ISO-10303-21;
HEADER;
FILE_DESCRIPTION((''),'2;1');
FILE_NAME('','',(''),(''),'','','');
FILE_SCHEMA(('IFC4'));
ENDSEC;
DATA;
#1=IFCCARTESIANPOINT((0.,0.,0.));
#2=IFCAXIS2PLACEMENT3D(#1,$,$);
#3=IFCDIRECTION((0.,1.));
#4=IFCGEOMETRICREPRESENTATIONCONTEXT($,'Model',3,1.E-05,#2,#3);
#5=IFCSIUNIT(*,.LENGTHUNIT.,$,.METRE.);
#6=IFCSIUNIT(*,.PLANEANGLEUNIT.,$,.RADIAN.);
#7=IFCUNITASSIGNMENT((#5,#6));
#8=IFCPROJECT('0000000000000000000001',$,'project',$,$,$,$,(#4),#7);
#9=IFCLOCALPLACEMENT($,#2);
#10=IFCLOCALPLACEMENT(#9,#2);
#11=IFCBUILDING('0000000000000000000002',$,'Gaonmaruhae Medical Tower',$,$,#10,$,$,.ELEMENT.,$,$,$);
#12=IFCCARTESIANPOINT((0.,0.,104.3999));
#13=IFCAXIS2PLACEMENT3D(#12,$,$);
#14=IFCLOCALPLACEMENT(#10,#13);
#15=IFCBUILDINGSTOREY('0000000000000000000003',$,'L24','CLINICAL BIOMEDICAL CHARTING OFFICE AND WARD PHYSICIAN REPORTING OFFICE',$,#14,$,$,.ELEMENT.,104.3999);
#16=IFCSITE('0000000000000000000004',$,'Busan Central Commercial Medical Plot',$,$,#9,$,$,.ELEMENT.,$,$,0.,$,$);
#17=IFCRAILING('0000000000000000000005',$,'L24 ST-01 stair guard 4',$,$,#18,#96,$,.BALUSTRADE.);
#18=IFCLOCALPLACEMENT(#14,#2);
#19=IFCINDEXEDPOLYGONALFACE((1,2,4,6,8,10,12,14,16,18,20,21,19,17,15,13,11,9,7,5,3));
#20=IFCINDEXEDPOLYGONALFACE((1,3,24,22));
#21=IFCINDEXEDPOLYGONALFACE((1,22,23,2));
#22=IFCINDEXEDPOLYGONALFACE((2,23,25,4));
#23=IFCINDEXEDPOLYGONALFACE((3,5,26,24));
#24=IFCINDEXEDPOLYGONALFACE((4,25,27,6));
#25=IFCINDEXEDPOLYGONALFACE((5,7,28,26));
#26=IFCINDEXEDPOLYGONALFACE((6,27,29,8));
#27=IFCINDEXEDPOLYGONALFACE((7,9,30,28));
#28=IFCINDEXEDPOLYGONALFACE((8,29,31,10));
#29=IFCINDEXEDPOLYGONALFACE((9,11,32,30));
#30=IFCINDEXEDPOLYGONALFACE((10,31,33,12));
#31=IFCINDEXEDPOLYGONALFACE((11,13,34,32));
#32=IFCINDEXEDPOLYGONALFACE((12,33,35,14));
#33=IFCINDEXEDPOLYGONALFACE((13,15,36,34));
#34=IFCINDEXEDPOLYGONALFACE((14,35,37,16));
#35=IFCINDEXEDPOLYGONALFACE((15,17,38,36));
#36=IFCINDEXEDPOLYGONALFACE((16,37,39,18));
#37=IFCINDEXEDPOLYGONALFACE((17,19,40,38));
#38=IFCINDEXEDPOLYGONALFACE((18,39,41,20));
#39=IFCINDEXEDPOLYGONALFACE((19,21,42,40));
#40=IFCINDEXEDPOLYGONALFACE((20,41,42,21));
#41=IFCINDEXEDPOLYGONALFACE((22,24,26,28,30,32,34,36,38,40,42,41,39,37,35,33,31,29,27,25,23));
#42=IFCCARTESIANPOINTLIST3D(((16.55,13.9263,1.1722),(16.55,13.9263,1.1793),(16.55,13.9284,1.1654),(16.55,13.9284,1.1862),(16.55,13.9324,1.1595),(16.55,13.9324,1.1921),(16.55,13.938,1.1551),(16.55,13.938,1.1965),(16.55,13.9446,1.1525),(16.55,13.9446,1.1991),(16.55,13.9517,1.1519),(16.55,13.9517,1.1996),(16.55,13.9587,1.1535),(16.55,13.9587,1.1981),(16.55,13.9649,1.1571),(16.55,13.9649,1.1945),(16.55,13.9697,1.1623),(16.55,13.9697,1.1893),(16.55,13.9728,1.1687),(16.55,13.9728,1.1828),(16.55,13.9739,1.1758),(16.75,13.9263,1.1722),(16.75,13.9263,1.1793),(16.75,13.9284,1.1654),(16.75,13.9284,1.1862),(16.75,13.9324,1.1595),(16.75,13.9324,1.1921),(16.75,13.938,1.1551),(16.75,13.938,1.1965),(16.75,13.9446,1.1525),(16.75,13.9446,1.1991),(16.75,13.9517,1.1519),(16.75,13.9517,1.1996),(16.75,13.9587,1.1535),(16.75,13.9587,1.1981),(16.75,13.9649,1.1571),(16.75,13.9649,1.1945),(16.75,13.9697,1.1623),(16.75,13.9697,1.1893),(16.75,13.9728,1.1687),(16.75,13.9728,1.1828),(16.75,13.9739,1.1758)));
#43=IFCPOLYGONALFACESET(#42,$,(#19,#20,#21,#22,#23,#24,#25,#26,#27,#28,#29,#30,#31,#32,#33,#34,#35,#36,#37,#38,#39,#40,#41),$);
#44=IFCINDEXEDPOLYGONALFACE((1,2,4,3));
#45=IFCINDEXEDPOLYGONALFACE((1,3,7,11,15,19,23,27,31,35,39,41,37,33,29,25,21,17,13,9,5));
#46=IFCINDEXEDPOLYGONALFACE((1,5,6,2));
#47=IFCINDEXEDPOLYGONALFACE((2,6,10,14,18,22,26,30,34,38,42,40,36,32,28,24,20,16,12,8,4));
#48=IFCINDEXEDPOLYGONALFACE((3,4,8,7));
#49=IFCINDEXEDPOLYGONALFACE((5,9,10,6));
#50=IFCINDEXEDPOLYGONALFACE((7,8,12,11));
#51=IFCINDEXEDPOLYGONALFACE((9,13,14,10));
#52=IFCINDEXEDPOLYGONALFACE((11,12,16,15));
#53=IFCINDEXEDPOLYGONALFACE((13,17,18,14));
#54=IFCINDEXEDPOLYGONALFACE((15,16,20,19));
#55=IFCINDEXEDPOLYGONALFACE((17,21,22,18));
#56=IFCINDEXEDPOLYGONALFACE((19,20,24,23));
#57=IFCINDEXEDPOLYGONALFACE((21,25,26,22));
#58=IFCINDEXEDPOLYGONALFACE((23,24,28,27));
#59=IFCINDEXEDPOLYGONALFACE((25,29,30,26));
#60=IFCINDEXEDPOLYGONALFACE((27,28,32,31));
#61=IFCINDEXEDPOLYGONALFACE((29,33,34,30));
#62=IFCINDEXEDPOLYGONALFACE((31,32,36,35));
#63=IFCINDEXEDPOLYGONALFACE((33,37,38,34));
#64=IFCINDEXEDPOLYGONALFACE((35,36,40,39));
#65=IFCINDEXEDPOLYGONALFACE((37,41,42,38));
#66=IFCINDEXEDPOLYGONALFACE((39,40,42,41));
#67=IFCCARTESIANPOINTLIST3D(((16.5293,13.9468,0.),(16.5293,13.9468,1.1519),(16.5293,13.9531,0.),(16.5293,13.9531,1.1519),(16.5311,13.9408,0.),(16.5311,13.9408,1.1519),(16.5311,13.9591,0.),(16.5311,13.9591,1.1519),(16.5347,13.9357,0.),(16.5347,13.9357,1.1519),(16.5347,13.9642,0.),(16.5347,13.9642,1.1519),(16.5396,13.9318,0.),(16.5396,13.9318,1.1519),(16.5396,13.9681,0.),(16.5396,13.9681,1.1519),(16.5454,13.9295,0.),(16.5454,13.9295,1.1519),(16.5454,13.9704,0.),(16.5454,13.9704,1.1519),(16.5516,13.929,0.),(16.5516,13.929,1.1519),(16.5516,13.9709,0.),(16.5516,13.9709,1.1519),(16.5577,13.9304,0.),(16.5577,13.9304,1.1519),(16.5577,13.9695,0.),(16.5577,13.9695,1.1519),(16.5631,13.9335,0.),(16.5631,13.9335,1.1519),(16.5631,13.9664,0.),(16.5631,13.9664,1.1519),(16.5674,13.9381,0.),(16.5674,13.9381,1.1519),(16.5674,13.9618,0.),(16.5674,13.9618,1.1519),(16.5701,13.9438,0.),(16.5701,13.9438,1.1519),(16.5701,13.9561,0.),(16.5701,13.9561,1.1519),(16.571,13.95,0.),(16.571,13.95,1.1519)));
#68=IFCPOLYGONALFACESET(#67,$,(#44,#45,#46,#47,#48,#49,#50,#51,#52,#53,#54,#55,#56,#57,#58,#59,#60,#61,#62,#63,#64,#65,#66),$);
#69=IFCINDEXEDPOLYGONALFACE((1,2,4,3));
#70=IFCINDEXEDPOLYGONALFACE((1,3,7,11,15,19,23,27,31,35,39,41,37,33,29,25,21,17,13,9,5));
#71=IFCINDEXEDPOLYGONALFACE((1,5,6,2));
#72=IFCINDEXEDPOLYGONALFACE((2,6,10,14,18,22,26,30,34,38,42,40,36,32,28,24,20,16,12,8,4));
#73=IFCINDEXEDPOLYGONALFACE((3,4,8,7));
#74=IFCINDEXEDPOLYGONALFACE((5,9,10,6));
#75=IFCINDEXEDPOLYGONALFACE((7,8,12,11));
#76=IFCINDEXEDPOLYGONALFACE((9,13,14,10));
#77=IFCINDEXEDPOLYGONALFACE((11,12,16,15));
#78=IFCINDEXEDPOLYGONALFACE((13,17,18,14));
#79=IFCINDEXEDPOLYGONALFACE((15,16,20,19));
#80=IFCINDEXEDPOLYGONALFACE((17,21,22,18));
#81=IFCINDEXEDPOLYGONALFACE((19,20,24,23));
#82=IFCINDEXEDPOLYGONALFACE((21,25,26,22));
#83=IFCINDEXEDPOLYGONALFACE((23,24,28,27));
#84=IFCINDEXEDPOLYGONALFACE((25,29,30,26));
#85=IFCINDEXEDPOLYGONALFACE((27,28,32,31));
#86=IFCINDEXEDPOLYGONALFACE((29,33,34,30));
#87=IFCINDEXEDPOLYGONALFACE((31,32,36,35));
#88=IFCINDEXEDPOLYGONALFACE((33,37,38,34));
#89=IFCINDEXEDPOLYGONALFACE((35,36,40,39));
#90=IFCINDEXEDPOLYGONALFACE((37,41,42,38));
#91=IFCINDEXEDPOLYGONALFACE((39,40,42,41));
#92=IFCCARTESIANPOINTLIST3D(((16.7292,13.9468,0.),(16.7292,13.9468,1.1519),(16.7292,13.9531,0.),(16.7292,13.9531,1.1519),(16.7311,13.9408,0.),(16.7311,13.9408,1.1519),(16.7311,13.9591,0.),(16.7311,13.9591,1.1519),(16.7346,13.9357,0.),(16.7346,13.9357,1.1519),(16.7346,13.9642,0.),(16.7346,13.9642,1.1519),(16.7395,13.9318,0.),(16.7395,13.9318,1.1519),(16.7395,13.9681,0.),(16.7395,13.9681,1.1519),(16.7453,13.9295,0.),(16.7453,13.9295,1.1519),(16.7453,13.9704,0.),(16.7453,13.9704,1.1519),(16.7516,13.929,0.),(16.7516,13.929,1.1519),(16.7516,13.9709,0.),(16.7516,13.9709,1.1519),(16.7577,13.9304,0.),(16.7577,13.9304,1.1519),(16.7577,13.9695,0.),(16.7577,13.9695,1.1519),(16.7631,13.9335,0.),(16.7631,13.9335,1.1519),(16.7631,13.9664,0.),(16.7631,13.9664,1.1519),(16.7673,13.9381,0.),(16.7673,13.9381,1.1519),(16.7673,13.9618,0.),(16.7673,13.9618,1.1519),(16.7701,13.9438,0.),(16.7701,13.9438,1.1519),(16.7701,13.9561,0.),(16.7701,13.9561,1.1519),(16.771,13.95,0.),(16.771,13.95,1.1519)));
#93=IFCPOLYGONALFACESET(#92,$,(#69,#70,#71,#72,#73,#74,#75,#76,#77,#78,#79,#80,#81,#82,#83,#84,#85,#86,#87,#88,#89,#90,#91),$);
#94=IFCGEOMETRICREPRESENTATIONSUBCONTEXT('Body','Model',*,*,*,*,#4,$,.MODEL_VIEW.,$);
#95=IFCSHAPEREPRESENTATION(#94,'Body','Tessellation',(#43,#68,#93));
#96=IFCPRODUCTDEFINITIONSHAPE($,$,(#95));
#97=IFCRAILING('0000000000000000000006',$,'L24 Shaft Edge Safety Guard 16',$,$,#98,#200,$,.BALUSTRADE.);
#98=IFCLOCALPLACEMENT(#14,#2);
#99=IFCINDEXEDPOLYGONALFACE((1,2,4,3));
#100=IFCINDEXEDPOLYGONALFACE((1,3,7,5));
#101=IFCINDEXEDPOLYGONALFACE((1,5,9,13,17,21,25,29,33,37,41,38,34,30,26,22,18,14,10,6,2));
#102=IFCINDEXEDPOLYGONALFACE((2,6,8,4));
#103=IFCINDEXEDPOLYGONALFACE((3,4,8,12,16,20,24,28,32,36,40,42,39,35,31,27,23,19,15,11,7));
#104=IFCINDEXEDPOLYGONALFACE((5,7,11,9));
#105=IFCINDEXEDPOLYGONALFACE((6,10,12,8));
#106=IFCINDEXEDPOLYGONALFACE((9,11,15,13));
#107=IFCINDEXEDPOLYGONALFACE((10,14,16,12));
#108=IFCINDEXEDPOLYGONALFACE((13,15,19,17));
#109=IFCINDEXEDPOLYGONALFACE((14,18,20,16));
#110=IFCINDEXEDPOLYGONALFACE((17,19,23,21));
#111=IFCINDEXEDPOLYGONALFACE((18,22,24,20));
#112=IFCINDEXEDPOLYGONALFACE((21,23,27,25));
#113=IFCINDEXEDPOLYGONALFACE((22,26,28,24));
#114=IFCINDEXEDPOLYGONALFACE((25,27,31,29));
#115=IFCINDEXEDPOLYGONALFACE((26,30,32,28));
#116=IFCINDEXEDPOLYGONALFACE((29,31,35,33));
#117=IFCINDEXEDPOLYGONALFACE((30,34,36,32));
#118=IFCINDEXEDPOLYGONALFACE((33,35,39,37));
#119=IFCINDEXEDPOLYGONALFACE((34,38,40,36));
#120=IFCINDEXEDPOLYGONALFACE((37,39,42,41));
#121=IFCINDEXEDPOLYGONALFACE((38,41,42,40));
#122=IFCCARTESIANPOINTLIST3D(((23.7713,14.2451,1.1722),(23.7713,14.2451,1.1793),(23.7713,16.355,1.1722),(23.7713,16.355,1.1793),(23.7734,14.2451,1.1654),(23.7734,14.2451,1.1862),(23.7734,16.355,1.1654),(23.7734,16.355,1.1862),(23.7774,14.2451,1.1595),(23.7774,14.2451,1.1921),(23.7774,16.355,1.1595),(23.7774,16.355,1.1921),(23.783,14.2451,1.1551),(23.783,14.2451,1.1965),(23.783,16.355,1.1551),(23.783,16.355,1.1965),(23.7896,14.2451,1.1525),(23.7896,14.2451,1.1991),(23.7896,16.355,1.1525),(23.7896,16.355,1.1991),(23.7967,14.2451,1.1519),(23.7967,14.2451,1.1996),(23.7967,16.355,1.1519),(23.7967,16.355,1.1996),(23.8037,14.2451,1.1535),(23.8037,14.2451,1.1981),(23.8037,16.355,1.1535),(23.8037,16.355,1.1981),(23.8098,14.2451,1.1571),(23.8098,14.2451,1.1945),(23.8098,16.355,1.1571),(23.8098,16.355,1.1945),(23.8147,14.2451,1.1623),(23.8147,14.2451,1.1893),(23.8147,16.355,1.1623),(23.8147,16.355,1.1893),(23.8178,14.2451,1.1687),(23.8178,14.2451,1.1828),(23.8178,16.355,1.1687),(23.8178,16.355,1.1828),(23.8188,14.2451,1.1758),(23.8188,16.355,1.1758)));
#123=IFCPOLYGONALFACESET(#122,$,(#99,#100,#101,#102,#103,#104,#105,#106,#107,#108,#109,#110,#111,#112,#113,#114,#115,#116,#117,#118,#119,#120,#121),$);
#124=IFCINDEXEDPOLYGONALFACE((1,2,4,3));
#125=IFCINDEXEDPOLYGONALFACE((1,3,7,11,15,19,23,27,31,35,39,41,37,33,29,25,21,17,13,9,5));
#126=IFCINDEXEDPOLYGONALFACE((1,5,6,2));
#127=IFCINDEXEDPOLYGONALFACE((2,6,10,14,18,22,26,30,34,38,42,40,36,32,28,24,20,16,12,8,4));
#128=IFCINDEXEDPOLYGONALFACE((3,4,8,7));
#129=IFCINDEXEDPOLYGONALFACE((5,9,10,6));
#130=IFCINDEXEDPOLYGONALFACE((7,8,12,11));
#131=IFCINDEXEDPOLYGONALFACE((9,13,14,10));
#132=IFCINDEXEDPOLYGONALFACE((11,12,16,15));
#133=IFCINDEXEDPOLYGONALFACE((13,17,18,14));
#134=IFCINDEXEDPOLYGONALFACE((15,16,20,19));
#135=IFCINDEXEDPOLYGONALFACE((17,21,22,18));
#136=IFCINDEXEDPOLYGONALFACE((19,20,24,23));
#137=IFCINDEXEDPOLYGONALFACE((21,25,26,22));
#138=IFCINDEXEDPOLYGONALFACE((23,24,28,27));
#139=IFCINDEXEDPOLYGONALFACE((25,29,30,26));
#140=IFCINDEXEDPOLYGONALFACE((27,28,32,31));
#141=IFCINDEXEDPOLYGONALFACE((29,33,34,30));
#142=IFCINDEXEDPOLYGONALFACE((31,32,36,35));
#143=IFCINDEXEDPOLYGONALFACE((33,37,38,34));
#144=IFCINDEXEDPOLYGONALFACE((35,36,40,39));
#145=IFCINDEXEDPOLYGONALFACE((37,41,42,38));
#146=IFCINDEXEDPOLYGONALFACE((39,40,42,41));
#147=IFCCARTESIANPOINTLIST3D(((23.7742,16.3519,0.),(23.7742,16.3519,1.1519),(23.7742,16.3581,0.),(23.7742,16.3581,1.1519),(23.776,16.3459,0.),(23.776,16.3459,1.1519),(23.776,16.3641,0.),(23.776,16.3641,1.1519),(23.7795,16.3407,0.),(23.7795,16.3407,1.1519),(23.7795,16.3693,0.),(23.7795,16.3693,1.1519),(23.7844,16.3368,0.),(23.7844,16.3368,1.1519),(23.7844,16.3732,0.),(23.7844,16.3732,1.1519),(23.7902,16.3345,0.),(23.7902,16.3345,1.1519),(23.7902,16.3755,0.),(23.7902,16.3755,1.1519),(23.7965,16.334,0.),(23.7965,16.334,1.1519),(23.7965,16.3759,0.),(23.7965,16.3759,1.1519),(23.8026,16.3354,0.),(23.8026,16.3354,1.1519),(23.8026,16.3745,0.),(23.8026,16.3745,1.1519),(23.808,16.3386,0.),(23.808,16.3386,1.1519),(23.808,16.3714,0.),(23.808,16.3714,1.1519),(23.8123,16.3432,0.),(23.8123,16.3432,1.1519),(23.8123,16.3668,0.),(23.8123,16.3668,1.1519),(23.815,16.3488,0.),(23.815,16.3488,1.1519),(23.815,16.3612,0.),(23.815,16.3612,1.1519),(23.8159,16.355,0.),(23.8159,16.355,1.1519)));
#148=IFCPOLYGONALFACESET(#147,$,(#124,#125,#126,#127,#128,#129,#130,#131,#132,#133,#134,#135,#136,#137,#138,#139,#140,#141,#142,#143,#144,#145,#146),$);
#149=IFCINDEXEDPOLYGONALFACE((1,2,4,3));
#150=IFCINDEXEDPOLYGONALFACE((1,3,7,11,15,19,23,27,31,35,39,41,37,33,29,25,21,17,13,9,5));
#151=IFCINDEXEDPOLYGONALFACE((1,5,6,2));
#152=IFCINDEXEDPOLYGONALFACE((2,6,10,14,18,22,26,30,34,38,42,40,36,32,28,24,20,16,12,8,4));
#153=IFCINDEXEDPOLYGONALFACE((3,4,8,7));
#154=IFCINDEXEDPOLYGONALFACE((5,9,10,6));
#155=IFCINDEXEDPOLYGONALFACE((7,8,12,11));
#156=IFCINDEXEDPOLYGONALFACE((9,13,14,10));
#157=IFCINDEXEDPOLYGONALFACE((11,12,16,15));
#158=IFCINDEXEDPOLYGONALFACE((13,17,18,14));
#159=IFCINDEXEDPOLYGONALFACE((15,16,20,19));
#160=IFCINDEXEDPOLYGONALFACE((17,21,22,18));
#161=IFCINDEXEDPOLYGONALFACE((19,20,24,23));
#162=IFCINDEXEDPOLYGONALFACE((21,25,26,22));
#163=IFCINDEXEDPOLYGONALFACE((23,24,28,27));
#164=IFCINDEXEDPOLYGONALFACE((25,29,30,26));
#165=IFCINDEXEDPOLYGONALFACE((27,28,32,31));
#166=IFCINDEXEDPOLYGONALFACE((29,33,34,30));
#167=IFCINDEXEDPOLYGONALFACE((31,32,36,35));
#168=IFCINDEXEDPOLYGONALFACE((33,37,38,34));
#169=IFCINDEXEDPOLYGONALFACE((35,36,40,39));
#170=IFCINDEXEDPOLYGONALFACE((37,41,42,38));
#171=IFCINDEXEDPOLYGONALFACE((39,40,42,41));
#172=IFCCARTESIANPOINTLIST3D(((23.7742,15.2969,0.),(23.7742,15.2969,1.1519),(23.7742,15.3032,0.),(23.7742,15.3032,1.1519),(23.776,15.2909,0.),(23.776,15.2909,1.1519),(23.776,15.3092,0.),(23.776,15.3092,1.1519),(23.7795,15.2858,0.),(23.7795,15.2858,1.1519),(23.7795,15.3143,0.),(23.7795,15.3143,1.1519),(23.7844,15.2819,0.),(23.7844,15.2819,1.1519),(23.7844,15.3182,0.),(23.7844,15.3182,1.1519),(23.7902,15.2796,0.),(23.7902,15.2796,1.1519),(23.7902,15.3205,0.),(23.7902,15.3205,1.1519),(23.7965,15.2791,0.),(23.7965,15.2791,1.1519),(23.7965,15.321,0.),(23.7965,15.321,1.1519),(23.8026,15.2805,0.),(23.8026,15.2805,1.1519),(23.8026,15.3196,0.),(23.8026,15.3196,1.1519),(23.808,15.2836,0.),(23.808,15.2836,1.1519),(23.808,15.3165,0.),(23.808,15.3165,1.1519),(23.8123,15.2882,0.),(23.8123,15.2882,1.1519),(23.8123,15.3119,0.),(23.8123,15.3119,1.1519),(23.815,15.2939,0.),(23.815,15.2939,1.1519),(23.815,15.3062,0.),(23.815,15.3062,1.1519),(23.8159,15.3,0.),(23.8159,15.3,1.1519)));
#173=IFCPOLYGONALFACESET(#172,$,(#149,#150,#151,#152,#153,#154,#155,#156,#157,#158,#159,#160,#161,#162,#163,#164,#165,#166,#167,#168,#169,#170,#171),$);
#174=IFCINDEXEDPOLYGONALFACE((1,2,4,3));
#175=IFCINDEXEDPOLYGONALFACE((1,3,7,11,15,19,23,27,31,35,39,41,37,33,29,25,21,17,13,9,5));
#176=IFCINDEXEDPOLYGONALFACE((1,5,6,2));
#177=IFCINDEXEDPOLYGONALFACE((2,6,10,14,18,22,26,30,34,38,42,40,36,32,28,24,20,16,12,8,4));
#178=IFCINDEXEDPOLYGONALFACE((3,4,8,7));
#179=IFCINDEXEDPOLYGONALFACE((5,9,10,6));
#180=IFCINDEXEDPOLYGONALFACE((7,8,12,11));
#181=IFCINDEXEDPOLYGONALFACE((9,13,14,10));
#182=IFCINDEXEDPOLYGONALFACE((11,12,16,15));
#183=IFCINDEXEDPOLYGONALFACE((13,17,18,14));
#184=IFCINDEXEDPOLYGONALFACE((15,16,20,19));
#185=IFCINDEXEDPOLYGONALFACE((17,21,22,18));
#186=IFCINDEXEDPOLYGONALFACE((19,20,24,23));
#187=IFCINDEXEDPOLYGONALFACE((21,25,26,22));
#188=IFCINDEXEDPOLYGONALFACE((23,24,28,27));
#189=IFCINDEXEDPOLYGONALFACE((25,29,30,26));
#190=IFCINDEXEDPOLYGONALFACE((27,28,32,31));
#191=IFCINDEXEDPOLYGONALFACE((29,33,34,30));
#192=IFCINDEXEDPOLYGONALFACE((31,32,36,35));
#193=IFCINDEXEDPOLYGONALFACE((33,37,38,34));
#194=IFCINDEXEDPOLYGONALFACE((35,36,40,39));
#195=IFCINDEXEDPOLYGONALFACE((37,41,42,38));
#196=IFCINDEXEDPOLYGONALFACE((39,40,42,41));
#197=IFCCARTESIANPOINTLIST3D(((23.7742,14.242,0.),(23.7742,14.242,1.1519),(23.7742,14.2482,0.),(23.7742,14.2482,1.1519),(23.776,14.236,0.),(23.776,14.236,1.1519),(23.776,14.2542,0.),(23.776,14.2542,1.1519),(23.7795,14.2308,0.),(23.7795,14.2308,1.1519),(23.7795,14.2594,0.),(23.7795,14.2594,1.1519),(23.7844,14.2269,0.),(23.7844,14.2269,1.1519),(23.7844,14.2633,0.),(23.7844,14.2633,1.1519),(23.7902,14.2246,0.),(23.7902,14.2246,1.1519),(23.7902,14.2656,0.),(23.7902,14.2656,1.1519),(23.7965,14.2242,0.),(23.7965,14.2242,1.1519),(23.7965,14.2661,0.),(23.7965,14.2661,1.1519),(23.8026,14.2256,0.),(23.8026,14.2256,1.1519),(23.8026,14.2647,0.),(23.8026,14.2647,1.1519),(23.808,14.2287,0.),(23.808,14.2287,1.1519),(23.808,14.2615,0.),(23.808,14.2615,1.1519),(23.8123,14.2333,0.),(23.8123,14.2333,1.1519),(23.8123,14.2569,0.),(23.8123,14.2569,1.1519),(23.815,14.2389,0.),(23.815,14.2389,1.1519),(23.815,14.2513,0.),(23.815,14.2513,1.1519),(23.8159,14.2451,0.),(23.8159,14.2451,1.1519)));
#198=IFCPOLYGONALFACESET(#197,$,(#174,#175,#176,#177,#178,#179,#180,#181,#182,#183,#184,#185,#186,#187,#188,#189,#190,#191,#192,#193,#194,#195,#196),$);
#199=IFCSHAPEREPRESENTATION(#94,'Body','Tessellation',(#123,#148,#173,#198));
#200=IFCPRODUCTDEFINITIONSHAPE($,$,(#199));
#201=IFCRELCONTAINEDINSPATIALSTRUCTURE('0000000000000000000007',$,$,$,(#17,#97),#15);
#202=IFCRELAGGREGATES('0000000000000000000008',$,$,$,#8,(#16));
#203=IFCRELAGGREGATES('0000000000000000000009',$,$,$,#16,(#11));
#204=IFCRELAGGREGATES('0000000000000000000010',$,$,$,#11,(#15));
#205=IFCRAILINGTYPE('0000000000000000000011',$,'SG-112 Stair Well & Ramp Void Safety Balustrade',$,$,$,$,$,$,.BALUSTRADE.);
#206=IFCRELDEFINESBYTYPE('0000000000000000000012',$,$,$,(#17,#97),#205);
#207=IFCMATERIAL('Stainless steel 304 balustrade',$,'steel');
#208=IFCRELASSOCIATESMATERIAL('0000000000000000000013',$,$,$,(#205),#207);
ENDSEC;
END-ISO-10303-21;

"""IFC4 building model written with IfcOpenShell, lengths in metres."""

from ifc_helpers import new_model, si_unit, direction, frame, origin, origin_2d, place, context, subcontext, project, spatial, circle, extrude, material, type_object, element, save


model = new_model("IFC4")

# Units and contexts
model_context = context("Model", 3, precision=1e-05, world=origin(), true_north=direction((0.0, 1.0)))
body_context = subcontext(model_context, "Body", "Model", "MODEL_VIEW")
ifc_project = project(units=[si_unit("LENGTHUNIT", "METRE"), si_unit("PLANEANGLEUNIT", "RADIAN")], contexts=[model_context])

# Site, building, storey
site_placement = place(None, origin())
site = spatial("IfcSite", under=ifc_project, at=site_placement, Name="Busan Central Commercial Medical Plot", CompositionType="ELEMENT", RefElevation=0.0)
building_placement = place(site_placement, origin())
building = spatial("IfcBuilding", under=site, at=building_placement, Name="Gaonmaruhae Medical Tower", CompositionType="ELEMENT")
storey_placement = place(building_placement, frame((0.0, 0.0, 104.3999)))
storey = spatial("IfcBuildingStorey", under=building, at=storey_placement, Name="L24", Description="CLINICAL BIOMEDICAL CHARTING OFFICE AND WARD PHYSICIAN REPORTING OFFICE", CompositionType="ELEMENT", Elevation=104.3999)

# Railings
ifc_material_1 = material(Name="Stainless steel 304 balustrade", Category="steel")
railing_type_1 = type_object("IfcRailingType", Name="SG-112 Stair Well & Ramp Void Safety Balustrade", PredefinedType="BALUSTRADE", material=ifc_material_1)
railing_1_placement = place(storey_placement, frame((16.55, 13.95, 0.0)))
element("IfcRailing", 1, at=railing_1_placement, inside=storey, type_object=railing_type_1, Name="L24 ST-01 stair guard 4", PredefinedType="BALUSTRADE", context=body_context, shape_type="SweptSolid", body=[
    extrude(circle(Radius=0.0239, at=origin_2d()), frame((0.0, 0.0, 1.1758), z_axis=(1.0, 0.0, 0.0), x_axis=(0.0, 1.0, 0.0)), (0.0, 0.0, 1.0), 0.2),
    extrude(circle(Radius=0.021, at=origin_2d()), origin(), (0.0, 0.0, 1.0), 1.1519),
    extrude(circle(Radius=0.021, at=origin_2d()), frame((0.2, 0.0, 0.0)), (0.0, 0.0, 1.0), 1.1519),
])
railing_2_placement = place(storey_placement, frame((23.7949, 16.355, 0.0)))
element("IfcRailing", 2, at=railing_2_placement, inside=storey, type_object=railing_type_1, Name="L24 Shaft Edge Safety Guard 16", PredefinedType="BALUSTRADE", context=body_context, shape_type="SweptSolid", body=[
    extrude(circle(Radius=0.0239, at=origin_2d()), frame((0.0, 0.0, 1.1758), z_axis=(0.0, -1.0, 0.0), x_axis=(1.0, 0.0, 0.0)), (0.0, 0.0, 1.0), 2.1099),
    extrude(circle(Radius=0.021, at=origin_2d()), origin(), (0.0, 0.0, 1.0), 1.1519),
    extrude(circle(Radius=0.021, at=origin_2d()), frame((0.0, -1.0549, 0.0)), (0.0, 0.0, 1.0), 1.1519),
    extrude(circle(Radius=0.021, at=origin_2d()), frame((0.0, -2.1099, 0.0)), (0.0, 0.0, 1.0), 1.1519),
])

save(model, "model.ifc")
